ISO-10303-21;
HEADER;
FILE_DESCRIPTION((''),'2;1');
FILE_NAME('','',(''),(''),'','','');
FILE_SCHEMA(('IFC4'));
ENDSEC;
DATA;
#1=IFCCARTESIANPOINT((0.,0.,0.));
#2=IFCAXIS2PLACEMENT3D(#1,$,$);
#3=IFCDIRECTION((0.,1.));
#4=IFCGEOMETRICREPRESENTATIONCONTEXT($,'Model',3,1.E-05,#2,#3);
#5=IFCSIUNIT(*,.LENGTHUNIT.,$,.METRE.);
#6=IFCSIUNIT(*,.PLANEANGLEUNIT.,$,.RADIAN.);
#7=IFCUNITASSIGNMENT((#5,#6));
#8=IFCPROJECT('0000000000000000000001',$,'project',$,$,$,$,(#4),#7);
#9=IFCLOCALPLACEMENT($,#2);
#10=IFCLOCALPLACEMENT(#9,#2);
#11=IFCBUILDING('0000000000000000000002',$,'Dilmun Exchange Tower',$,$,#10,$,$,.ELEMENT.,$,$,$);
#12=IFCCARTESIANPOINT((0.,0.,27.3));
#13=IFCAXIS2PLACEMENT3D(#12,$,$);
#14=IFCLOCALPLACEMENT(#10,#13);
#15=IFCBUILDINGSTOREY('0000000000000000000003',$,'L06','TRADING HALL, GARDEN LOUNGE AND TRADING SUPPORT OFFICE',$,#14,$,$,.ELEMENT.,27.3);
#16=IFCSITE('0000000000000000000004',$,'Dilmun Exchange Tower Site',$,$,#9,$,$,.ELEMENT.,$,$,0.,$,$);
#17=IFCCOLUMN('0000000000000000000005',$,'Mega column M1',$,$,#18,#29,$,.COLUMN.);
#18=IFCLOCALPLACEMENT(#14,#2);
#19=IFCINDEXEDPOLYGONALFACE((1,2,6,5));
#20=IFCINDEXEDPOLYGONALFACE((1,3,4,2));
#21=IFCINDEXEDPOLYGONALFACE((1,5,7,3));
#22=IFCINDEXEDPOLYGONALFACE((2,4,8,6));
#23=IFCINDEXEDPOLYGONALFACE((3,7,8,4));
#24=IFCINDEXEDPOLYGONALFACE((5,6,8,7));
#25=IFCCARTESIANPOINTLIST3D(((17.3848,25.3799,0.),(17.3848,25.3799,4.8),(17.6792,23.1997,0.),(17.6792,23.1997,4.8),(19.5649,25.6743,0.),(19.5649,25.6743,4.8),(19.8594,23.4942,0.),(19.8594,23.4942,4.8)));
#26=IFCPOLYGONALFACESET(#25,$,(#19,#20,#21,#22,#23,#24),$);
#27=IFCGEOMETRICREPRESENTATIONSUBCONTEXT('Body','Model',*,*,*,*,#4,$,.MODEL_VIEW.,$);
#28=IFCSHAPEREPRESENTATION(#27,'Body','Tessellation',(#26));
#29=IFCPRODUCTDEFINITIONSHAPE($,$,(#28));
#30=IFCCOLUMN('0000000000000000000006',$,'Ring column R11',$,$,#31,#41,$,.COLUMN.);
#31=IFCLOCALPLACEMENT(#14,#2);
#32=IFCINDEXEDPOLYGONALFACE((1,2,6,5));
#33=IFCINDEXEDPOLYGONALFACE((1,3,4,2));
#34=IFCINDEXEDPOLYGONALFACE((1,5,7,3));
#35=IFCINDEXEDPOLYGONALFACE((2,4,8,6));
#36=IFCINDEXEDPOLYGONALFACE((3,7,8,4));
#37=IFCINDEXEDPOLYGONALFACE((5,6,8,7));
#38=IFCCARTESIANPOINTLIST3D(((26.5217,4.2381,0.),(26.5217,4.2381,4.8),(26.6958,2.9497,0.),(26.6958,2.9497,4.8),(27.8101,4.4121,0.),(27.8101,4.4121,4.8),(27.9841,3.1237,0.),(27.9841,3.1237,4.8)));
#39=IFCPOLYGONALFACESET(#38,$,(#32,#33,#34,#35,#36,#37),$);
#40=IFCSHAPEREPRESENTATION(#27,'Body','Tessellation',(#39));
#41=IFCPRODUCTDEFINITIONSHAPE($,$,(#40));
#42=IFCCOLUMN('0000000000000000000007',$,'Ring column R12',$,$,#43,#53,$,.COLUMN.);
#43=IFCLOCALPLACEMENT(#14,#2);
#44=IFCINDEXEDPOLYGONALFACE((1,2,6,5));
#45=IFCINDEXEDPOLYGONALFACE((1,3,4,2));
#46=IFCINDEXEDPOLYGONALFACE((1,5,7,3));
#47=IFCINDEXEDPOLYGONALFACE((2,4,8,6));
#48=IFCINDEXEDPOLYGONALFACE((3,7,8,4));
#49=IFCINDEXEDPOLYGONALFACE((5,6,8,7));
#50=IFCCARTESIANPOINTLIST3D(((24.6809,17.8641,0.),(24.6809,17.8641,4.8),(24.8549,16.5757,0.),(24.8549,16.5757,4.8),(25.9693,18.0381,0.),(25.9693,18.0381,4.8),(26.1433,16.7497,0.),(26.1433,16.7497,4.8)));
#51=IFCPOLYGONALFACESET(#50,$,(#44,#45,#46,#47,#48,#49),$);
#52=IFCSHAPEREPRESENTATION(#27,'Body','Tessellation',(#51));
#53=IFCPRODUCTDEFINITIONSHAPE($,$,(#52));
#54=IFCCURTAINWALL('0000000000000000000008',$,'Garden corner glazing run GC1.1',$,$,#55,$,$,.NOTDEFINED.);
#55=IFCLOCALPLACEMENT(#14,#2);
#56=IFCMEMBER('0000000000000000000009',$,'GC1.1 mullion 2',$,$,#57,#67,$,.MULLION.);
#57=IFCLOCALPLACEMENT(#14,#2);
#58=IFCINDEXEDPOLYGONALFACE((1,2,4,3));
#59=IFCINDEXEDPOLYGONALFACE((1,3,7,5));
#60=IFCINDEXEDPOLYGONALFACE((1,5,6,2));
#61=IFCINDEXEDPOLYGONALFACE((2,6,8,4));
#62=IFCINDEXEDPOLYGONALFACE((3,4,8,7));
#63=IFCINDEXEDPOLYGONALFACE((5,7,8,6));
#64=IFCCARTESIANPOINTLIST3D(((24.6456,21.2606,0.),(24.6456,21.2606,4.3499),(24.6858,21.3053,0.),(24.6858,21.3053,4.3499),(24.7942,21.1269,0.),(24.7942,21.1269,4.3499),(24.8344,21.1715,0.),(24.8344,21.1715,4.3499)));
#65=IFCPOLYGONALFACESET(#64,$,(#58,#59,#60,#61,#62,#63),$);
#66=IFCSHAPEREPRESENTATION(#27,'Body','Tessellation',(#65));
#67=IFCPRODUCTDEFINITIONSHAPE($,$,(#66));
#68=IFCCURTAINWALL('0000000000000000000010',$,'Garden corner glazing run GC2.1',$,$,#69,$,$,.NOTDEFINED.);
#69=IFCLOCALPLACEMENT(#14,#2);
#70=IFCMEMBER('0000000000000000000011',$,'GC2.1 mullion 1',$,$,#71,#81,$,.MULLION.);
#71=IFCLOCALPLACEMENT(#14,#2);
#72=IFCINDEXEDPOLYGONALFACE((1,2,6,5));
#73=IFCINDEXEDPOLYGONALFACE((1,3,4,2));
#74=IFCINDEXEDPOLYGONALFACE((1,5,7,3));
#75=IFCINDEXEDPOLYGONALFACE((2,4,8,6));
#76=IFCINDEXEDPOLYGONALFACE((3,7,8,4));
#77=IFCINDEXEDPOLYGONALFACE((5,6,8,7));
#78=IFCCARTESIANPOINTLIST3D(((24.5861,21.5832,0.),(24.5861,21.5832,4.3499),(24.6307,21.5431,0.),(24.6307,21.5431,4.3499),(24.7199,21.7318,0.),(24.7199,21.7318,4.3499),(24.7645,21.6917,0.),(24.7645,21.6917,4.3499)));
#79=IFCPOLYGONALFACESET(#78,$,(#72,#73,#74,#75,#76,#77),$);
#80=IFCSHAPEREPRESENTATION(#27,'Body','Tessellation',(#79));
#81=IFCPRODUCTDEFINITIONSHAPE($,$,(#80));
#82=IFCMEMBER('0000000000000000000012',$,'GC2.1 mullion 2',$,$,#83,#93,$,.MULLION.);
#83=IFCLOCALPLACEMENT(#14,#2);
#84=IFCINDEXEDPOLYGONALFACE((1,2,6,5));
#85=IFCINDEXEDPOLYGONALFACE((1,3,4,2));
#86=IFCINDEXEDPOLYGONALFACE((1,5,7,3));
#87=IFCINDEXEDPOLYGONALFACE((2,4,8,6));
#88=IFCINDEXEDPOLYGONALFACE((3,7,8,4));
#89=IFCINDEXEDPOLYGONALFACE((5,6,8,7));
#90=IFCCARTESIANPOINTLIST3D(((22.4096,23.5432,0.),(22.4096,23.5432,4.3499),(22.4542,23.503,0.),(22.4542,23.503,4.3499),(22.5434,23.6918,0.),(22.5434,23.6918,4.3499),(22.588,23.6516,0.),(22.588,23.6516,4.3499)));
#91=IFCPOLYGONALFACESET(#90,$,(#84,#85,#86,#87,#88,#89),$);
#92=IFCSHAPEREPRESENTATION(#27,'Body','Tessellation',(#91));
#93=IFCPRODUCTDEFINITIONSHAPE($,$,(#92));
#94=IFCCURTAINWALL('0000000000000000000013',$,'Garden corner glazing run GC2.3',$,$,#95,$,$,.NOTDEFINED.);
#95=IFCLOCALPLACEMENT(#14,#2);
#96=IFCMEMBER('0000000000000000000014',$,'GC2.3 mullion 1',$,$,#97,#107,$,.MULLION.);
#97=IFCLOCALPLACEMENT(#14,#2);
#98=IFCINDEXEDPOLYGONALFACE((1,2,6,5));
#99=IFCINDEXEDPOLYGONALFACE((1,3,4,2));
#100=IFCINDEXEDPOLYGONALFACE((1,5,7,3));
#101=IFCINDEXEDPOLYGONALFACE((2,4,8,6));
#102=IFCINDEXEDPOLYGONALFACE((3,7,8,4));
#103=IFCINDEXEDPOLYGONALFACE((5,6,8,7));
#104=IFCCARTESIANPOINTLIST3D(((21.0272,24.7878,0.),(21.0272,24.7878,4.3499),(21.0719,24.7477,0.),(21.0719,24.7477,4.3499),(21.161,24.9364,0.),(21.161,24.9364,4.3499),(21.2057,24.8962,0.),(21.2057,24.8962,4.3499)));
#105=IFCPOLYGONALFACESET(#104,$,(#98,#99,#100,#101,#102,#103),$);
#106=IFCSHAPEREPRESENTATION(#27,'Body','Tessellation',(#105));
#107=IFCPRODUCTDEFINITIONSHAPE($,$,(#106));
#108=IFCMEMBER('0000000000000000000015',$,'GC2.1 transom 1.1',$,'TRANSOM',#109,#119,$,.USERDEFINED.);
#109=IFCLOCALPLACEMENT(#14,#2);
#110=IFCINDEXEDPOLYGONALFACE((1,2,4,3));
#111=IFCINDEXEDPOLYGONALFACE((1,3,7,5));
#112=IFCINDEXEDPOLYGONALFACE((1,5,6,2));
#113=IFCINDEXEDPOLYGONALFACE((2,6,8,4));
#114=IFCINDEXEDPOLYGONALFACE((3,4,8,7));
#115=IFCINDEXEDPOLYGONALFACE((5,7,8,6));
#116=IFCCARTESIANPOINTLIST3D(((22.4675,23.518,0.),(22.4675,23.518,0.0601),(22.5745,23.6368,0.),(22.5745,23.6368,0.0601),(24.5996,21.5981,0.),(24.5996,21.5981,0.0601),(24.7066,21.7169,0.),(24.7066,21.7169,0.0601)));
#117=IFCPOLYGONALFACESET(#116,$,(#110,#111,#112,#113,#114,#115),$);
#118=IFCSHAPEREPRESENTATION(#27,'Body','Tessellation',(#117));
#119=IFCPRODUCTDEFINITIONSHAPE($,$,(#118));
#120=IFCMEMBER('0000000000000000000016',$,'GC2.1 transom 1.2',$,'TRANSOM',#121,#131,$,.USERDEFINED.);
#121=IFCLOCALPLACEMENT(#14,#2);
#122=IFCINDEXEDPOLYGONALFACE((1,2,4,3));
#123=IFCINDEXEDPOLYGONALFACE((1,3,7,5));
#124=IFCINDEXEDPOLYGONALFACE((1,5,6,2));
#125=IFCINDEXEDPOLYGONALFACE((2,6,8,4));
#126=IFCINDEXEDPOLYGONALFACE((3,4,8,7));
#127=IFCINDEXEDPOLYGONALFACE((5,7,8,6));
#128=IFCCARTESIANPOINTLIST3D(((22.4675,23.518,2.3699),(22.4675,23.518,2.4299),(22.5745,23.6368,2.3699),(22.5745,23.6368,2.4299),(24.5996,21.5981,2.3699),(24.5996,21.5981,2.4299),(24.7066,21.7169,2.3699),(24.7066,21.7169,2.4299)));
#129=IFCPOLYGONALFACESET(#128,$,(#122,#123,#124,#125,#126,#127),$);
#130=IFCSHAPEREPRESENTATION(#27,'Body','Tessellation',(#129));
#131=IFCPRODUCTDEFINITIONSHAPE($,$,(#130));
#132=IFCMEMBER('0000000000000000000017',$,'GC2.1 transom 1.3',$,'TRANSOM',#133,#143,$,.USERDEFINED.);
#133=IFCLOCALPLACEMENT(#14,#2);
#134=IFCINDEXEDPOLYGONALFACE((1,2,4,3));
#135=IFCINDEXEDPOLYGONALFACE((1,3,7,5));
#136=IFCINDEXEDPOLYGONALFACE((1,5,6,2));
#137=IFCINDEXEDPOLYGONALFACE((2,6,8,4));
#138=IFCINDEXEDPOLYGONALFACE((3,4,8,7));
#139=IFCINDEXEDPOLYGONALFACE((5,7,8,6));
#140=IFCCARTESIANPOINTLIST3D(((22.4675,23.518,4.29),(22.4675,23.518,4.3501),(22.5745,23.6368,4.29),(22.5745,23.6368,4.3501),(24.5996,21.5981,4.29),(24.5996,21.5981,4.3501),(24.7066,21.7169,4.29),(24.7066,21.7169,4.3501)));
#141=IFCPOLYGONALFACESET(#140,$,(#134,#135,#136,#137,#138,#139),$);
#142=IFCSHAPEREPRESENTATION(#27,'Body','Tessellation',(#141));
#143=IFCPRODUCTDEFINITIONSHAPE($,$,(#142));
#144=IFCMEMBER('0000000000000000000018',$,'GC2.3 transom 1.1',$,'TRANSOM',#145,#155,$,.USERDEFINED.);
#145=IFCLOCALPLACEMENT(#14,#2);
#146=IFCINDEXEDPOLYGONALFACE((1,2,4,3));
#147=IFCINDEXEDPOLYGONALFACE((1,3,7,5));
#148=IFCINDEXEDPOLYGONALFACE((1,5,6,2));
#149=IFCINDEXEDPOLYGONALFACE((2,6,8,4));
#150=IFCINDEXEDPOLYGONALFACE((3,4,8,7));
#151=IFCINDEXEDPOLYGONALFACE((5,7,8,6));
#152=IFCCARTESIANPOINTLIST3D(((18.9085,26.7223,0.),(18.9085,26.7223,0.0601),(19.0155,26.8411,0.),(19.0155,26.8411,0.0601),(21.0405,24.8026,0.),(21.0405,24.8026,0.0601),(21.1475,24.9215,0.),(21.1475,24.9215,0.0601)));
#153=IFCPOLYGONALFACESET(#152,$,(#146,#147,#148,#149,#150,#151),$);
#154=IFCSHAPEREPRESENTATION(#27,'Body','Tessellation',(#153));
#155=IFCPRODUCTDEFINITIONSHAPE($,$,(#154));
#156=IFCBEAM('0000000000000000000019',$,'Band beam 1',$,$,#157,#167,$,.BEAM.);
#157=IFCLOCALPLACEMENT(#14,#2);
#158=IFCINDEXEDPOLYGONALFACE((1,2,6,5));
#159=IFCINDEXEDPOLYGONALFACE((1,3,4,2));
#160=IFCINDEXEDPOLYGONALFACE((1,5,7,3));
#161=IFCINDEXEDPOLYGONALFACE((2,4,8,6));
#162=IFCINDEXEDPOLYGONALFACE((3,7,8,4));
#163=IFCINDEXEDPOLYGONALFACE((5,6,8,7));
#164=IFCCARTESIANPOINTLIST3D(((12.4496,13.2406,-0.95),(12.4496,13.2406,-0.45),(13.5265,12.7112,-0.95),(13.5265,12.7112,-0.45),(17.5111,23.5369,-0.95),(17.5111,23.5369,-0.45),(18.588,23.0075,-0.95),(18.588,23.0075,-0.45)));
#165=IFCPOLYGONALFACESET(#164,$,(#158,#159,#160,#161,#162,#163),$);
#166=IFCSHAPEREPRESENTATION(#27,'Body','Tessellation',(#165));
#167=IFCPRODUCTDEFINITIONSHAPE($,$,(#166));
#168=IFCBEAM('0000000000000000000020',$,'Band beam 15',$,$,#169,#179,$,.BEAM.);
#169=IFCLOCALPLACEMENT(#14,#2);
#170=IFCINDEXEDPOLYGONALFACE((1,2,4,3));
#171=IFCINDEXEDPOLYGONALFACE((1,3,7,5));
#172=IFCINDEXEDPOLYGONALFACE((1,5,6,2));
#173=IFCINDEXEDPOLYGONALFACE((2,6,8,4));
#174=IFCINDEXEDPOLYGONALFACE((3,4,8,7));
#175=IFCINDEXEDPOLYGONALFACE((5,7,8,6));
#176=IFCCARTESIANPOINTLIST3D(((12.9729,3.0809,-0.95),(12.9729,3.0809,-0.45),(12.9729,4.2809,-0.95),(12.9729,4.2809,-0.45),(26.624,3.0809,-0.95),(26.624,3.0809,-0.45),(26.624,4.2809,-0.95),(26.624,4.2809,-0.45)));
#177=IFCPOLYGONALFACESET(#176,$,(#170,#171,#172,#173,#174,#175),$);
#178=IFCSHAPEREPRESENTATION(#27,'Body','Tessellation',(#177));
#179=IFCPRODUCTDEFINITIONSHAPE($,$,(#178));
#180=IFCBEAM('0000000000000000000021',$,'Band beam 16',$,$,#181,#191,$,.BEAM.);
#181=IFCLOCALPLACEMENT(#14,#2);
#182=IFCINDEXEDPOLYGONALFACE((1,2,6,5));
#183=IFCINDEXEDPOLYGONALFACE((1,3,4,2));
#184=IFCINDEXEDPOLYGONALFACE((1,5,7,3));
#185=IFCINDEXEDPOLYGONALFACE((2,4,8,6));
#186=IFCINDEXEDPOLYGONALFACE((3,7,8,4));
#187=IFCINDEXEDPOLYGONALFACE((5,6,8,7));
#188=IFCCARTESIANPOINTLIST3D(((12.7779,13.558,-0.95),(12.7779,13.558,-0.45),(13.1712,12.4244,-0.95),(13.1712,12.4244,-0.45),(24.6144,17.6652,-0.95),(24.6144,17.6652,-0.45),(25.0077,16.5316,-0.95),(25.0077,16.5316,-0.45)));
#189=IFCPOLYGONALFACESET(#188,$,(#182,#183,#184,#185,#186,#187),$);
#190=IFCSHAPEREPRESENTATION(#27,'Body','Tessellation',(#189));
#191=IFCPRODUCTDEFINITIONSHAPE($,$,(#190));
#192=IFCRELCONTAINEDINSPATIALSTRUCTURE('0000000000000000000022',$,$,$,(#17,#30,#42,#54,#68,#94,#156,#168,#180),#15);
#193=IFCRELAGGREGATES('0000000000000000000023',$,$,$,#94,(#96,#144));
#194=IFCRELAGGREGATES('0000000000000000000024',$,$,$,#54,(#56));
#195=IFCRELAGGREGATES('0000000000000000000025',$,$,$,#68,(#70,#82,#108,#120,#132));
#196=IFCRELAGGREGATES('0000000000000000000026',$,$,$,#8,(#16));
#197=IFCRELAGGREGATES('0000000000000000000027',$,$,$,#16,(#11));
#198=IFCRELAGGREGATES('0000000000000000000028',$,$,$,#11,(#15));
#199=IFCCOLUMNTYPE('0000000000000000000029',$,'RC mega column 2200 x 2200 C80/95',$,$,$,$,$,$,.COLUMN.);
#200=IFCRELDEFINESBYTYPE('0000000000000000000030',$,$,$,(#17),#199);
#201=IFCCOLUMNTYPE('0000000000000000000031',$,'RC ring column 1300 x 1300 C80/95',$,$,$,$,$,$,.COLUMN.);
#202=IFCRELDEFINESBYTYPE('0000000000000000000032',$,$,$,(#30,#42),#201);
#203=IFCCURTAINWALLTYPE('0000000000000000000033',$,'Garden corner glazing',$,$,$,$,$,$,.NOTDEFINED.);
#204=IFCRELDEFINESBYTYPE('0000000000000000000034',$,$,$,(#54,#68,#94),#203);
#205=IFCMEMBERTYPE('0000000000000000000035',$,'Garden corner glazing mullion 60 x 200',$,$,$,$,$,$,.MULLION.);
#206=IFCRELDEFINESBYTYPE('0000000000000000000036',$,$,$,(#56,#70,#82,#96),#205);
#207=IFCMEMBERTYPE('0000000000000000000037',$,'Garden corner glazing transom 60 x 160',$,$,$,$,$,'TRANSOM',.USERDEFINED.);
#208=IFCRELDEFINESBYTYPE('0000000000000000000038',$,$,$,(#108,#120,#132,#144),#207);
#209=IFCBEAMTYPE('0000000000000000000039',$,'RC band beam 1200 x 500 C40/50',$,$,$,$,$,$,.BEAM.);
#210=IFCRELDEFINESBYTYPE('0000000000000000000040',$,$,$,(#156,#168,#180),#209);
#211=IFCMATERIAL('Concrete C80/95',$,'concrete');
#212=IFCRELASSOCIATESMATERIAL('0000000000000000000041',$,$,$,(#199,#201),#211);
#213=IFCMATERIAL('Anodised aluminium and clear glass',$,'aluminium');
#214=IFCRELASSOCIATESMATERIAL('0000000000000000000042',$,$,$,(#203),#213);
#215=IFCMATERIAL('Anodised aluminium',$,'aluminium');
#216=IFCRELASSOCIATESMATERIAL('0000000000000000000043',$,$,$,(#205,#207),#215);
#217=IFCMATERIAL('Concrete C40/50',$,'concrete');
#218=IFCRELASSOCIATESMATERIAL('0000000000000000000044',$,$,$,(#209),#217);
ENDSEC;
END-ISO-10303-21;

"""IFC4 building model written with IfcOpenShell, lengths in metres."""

from ifc_helpers import new_model, si_unit, direction, frame, origin, origin_2d, place, context, subcontext, project, spatial, rectangle, extrude, material, material_profile, profile_set, type_object, element, aggregate, save


model = new_model("IFC4")

# Units and contexts
model_context = context("Model", 3, precision=1e-05, world=origin(), true_north=direction((0.0, 1.0)))
body_context = subcontext(model_context, "Body", "Model", "MODEL_VIEW")
ifc_project = project(units=[si_unit("LENGTHUNIT", "METRE"), si_unit("PLANEANGLEUNIT", "RADIAN")], contexts=[model_context])

# Site, building, storey
site_placement = place(None, origin())
site = spatial("IfcSite", under=ifc_project, at=site_placement, Name="Dilmun Exchange Tower Site", CompositionType="ELEMENT", RefElevation=0.0)
building_placement = place(site_placement, origin())
building = spatial("IfcBuilding", under=site, at=building_placement, Name="Dilmun Exchange Tower", CompositionType="ELEMENT")
storey_placement = place(building_placement, frame((0.0, 0.0, 27.3)))
storey = spatial("IfcBuildingStorey", under=building, at=storey_placement, Name="L06", Description="TRADING HALL, GARDEN LOUNGE AND TRADING SUPPORT OFFICE", CompositionType="ELEMENT", Elevation=27.3)

# Columns
ifc_material_1 = material(Name="Concrete C80/95", Category="concrete")
ifc_material_profile_1 = material_profile(ifc_material_1, rectangle(XDim=2.2, YDim=2.2, at=origin_2d()), Name="2200 x 2200")
ifc_profile_set_1 = profile_set([ifc_material_profile_1], Name="Concrete C80/95")
column_type_1 = type_object("IfcColumnType", Name="RC mega column 2200 x 2200 C80/95", PredefinedType="COLUMN", material=ifc_profile_set_1)
column_placement = place(storey_placement, frame((18.6221, 24.437, 0.0), z_axis=(0.0, 0.0, 1.0), x_axis=(0.991001, 0.133853, 0.0)))
element("IfcColumn", 1, at=column_placement, inside=storey, type_object=column_type_1, Name="Mega column M1", PredefinedType="COLUMN", context=body_context, shape_type="SweptSolid", body=[
    extrude(rectangle(XDim=2.2, YDim=2.2, at=origin_2d()), origin(), (0.0, 0.0, 1.0), 4.8),
])
ifc_material_profile_2 = material_profile(ifc_material_1, rectangle(XDim=1.3, YDim=1.3, at=origin_2d()), Name="1300 x 1300")
ifc_profile_set_2 = profile_set([ifc_material_profile_2], Name="Concrete C80/95")
column_type_2 = type_object("IfcColumnType", Name="RC ring column 1300 x 1300 C80/95", PredefinedType="COLUMN", material=ifc_profile_set_2)
for number, where, z_axis, x_axis, name in (
    (2, (27.2529, 3.6809, 0.0), (0.0, 0.0, 1.0), (0.991001, 0.133853, 0.0), "Ring column R11"),
    (3, (25.4121, 17.3069, 0.0), (0.0, 0.0, 1.0), (0.991001, 0.133853, 0.0), "Ring column R12"),
):
    element("IfcColumn", number, at=place(storey_placement, frame(where, z_axis=z_axis, x_axis=x_axis)), inside=storey, type_object=column_type_2, Name=name, PredefinedType="COLUMN", context=body_context, shape_type="SweptSolid", body=[
        extrude(rectangle(XDim=1.3, YDim=1.3, at=origin_2d()), origin(), (0.0, 0.0, 1.0), 4.8),
    ])

# Curtain wall, member
ifc_material_2 = material(Name="Anodised aluminium and clear glass", Category="aluminium")
curtain_wall_type = type_object("IfcCurtainWallType", Name="Garden corner glazing", PredefinedType="NOTDEFINED", material=ifc_material_2)
curtain_wall_1_placement = place(storey_placement, origin())
curtain_wall_1 = element("IfcCurtainWall", 4, at=curtain_wall_1_placement, inside=storey, type_object=curtain_wall_type, Name="Garden corner glazing run GC1.1", PredefinedType="NOTDEFINED")
ifc_material_3 = material(Name="Anodised aluminium", Category="aluminium")
ifc_material_profile_3 = material_profile(ifc_material_3, rectangle(XDim=0.2, YDim=0.0601, at=origin_2d()), Name="AL 60x200")
ifc_profile_set_3 = profile_set([ifc_material_profile_3], Name="Anodised aluminium")
member_type_1 = type_object("IfcMemberType", Name="Garden corner glazing mullion 60 x 200", PredefinedType="MULLION", material=ifc_profile_set_3)
member_1_placement = place(storey_placement, frame((24.74, 21.2161, 0.0), z_axis=(0.0, 0.0, 1.0), x_axis=(0.74315, -0.669125, 0.0)))
member_1 = element("IfcMember", 5, at=member_1_placement, type_object=member_type_1, Name="GC1.1 mullion 2", PredefinedType="MULLION", context=body_context, shape_type="SweptSolid", body=[
    extrude(rectangle(XDim=0.2, YDim=0.0601, at=origin_2d()), origin(), (0.0, 0.0, 1.0), 4.3499),
])

# Curtain wall, members
curtain_wall_2_placement = place(storey_placement, origin())
curtain_wall_2 = element("IfcCurtainWall", 6, at=curtain_wall_2_placement, inside=storey, type_object=curtain_wall_type, Name="Garden corner glazing run GC2.1", PredefinedType="NOTDEFINED")
member_2_placement = place(storey_placement, frame((24.6753, 21.6375, 0.0), z_axis=(0.0, 0.0, 1.0), x_axis=(-0.669137, -0.743139, 0.0)))
member_2 = element("IfcMember", 7, at=member_2_placement, type_object=member_type_1, Name="GC2.1 mullion 1", PredefinedType="MULLION", context=body_context, shape_type="SweptSolid", body=[
    extrude(rectangle(XDim=0.2, YDim=0.0601, at=origin_2d()), origin(), (0.0, 0.0, 1.0), 4.3499),
])
member_3_placement = place(storey_placement, frame((22.4988, 23.5974, 0.0), z_axis=(0.0, 0.0, 1.0), x_axis=(-0.669137, -0.743139, 0.0)))
member_3 = element("IfcMember", 8, at=member_3_placement, type_object=member_type_1, Name="GC2.1 mullion 2", PredefinedType="MULLION", context=body_context, shape_type="SweptSolid", body=[
    extrude(rectangle(XDim=0.2, YDim=0.0601, at=origin_2d()), origin(), (0.0, 0.0, 1.0), 4.3499),
])

# Curtain wall, member
curtain_wall_3_placement = place(storey_placement, origin())
curtain_wall_3 = element("IfcCurtainWall", 9, at=curtain_wall_3_placement, inside=storey, type_object=curtain_wall_type, Name="Garden corner glazing run GC2.3", PredefinedType="NOTDEFINED")
member_4_placement = place(storey_placement, frame((21.1165, 24.842, 0.0), z_axis=(0.0, 0.0, 1.0), x_axis=(-0.669118, -0.743156, 0.0)))
member_4 = element("IfcMember", 10, at=member_4_placement, type_object=member_type_1, Name="GC2.3 mullion 1", PredefinedType="MULLION", context=body_context, shape_type="SweptSolid", body=[
    extrude(rectangle(XDim=0.2, YDim=0.0601, at=origin_2d()), origin(), (0.0, 0.0, 1.0), 4.3499),
])

# Members
ifc_material_profile_4 = material_profile(ifc_material_3, rectangle(XDim=0.1599, YDim=0.0601, at=origin_2d()), Name="AL 60x160")
ifc_profile_set_4 = profile_set([ifc_material_profile_4], Name="Anodised aluminium")
member_type_2 = type_object("IfcMemberType", Name="Garden corner glazing transom 60 x 160", ElementType="TRANSOM", PredefinedType="USERDEFINED", material=ifc_profile_set_4)
member_5_placement = place(storey_placement, frame((24.6531, 21.6575, 0.03), z_axis=(-0.743112, 0.669167, 0.0), x_axis=(-0.669167, -0.743112, 0.0)))
member_5 = element("IfcMember", 11, at=member_5_placement, type_object=member_type_2, Name="GC2.1 transom 1.1", ObjectType="TRANSOM", PredefinedType="USERDEFINED", context=body_context, shape_type="SweptSolid", body=[
    extrude(rectangle(XDim=0.1599, YDim=0.0601, at=origin_2d()), origin(), (0.0, 0.0, 1.0), 2.8691),
])
member_6_placement = place(storey_placement, frame((24.6531, 21.6575, 2.3999), z_axis=(-0.743112, 0.669167, 0.0), x_axis=(-0.669167, -0.743112, 0.0)))
member_6 = element("IfcMember", 12, at=member_6_placement, type_object=member_type_2, Name="GC2.1 transom 1.2", ObjectType="TRANSOM", PredefinedType="USERDEFINED", context=body_context, shape_type="SweptSolid", body=[
    extrude(rectangle(XDim=0.1599, YDim=0.0601, at=origin_2d()), origin(), (0.0, 0.0, 1.0), 2.8691),
])
member_7_placement = place(storey_placement, frame((24.6531, 21.6575, 4.3201), z_axis=(-0.743112, 0.669167, 0.0), x_axis=(-0.669167, -0.743112, 0.0)))
member_7 = element("IfcMember", 13, at=member_7_placement, type_object=member_type_2, Name="GC2.1 transom 1.3", ObjectType="TRANSOM", PredefinedType="USERDEFINED", context=body_context, shape_type="SweptSolid", body=[
    extrude(rectangle(XDim=0.1599, YDim=0.0601, at=origin_2d()), origin(), (0.0, 0.0, 1.0), 2.8691),
])
member_8_placement = place(storey_placement, frame((21.094, 24.8621, 0.03), z_axis=(-0.743154, 0.66912, 0.0), x_axis=(-0.66912, -0.743154, 0.0)))
member_8 = element("IfcMember", 14, at=member_8_placement, type_object=member_type_2, Name="GC2.3 transom 1.1", ObjectType="TRANSOM", PredefinedType="USERDEFINED", context=body_context, shape_type="SweptSolid", body=[
    extrude(rectangle(XDim=0.1599, YDim=0.0601, at=origin_2d()), origin(), (0.0, 0.0, 1.0), 2.8689),
])
aggregate(curtain_wall_3, [member_4, member_8])

# Beams
ifc_material_4 = material(Name="Concrete C40/50", Category="concrete")
ifc_material_profile_5 = material_profile(ifc_material_4, rectangle(XDim=1.2, YDim=0.5, at=origin_2d()), Name="1200 x 500")
ifc_profile_set_5 = profile_set([ifc_material_profile_5], Name="Concrete C40/50")
beam_type_1 = type_object("IfcBeamType", Name="RC band beam 1200 x 500 C40/50", PredefinedType="BEAM", material=ifc_profile_set_5)
beam_1_placement = place(storey_placement, frame((18.0496, 23.2722, -0.7), z_axis=(-0.44116, -0.897428, 0.0), x_axis=(0.897428, -0.44116, 0.0)))
element("IfcBeam", 15, at=beam_1_placement, inside=storey, type_object=beam_type_1, Name="Band beam 1", PredefinedType="BEAM", context=body_context, shape_type="SweptSolid", body=[
    extrude(rectangle(XDim=1.2, YDim=0.5, at=origin_2d()), origin(), (0.0, 0.0, 1.0), 11.4731),
])
beam_2_placement = place(storey_placement, frame((26.624, 3.6809, -0.7), z_axis=(-1.0, 0.0, 0.0), x_axis=(0.0, -1.0, 0.0)))
element("IfcBeam", 16, at=beam_2_placement, inside=storey, type_object=beam_type_1, Name="Band beam 15", PredefinedType="BEAM", context=body_context, shape_type="SweptSolid", body=[
    extrude(rectangle(XDim=1.2, YDim=0.5, at=origin_2d()), origin(), (0.0, 0.0, 1.0), 13.6511),
])
beam_3_placement = place(storey_placement, frame((24.811, 17.0984, -0.7), z_axis=(-0.94474, -0.32782, 0.0), x_axis=(0.32782, -0.94474, 0.0)))
element("IfcBeam", 17, at=beam_3_placement, inside=storey, type_object=beam_type_1, Name="Band beam 16", PredefinedType="BEAM", context=body_context, shape_type="SweptSolid", body=[
    extrude(rectangle(XDim=1.2, YDim=0.5, at=origin_2d()), origin(), (0.0, 0.0, 1.0), 12.5288),
])

aggregate(curtain_wall_1, [member_1])
aggregate(curtain_wall_2, [member_2, member_3, member_5, member_6, member_7])

save(model, "model.ifc")
